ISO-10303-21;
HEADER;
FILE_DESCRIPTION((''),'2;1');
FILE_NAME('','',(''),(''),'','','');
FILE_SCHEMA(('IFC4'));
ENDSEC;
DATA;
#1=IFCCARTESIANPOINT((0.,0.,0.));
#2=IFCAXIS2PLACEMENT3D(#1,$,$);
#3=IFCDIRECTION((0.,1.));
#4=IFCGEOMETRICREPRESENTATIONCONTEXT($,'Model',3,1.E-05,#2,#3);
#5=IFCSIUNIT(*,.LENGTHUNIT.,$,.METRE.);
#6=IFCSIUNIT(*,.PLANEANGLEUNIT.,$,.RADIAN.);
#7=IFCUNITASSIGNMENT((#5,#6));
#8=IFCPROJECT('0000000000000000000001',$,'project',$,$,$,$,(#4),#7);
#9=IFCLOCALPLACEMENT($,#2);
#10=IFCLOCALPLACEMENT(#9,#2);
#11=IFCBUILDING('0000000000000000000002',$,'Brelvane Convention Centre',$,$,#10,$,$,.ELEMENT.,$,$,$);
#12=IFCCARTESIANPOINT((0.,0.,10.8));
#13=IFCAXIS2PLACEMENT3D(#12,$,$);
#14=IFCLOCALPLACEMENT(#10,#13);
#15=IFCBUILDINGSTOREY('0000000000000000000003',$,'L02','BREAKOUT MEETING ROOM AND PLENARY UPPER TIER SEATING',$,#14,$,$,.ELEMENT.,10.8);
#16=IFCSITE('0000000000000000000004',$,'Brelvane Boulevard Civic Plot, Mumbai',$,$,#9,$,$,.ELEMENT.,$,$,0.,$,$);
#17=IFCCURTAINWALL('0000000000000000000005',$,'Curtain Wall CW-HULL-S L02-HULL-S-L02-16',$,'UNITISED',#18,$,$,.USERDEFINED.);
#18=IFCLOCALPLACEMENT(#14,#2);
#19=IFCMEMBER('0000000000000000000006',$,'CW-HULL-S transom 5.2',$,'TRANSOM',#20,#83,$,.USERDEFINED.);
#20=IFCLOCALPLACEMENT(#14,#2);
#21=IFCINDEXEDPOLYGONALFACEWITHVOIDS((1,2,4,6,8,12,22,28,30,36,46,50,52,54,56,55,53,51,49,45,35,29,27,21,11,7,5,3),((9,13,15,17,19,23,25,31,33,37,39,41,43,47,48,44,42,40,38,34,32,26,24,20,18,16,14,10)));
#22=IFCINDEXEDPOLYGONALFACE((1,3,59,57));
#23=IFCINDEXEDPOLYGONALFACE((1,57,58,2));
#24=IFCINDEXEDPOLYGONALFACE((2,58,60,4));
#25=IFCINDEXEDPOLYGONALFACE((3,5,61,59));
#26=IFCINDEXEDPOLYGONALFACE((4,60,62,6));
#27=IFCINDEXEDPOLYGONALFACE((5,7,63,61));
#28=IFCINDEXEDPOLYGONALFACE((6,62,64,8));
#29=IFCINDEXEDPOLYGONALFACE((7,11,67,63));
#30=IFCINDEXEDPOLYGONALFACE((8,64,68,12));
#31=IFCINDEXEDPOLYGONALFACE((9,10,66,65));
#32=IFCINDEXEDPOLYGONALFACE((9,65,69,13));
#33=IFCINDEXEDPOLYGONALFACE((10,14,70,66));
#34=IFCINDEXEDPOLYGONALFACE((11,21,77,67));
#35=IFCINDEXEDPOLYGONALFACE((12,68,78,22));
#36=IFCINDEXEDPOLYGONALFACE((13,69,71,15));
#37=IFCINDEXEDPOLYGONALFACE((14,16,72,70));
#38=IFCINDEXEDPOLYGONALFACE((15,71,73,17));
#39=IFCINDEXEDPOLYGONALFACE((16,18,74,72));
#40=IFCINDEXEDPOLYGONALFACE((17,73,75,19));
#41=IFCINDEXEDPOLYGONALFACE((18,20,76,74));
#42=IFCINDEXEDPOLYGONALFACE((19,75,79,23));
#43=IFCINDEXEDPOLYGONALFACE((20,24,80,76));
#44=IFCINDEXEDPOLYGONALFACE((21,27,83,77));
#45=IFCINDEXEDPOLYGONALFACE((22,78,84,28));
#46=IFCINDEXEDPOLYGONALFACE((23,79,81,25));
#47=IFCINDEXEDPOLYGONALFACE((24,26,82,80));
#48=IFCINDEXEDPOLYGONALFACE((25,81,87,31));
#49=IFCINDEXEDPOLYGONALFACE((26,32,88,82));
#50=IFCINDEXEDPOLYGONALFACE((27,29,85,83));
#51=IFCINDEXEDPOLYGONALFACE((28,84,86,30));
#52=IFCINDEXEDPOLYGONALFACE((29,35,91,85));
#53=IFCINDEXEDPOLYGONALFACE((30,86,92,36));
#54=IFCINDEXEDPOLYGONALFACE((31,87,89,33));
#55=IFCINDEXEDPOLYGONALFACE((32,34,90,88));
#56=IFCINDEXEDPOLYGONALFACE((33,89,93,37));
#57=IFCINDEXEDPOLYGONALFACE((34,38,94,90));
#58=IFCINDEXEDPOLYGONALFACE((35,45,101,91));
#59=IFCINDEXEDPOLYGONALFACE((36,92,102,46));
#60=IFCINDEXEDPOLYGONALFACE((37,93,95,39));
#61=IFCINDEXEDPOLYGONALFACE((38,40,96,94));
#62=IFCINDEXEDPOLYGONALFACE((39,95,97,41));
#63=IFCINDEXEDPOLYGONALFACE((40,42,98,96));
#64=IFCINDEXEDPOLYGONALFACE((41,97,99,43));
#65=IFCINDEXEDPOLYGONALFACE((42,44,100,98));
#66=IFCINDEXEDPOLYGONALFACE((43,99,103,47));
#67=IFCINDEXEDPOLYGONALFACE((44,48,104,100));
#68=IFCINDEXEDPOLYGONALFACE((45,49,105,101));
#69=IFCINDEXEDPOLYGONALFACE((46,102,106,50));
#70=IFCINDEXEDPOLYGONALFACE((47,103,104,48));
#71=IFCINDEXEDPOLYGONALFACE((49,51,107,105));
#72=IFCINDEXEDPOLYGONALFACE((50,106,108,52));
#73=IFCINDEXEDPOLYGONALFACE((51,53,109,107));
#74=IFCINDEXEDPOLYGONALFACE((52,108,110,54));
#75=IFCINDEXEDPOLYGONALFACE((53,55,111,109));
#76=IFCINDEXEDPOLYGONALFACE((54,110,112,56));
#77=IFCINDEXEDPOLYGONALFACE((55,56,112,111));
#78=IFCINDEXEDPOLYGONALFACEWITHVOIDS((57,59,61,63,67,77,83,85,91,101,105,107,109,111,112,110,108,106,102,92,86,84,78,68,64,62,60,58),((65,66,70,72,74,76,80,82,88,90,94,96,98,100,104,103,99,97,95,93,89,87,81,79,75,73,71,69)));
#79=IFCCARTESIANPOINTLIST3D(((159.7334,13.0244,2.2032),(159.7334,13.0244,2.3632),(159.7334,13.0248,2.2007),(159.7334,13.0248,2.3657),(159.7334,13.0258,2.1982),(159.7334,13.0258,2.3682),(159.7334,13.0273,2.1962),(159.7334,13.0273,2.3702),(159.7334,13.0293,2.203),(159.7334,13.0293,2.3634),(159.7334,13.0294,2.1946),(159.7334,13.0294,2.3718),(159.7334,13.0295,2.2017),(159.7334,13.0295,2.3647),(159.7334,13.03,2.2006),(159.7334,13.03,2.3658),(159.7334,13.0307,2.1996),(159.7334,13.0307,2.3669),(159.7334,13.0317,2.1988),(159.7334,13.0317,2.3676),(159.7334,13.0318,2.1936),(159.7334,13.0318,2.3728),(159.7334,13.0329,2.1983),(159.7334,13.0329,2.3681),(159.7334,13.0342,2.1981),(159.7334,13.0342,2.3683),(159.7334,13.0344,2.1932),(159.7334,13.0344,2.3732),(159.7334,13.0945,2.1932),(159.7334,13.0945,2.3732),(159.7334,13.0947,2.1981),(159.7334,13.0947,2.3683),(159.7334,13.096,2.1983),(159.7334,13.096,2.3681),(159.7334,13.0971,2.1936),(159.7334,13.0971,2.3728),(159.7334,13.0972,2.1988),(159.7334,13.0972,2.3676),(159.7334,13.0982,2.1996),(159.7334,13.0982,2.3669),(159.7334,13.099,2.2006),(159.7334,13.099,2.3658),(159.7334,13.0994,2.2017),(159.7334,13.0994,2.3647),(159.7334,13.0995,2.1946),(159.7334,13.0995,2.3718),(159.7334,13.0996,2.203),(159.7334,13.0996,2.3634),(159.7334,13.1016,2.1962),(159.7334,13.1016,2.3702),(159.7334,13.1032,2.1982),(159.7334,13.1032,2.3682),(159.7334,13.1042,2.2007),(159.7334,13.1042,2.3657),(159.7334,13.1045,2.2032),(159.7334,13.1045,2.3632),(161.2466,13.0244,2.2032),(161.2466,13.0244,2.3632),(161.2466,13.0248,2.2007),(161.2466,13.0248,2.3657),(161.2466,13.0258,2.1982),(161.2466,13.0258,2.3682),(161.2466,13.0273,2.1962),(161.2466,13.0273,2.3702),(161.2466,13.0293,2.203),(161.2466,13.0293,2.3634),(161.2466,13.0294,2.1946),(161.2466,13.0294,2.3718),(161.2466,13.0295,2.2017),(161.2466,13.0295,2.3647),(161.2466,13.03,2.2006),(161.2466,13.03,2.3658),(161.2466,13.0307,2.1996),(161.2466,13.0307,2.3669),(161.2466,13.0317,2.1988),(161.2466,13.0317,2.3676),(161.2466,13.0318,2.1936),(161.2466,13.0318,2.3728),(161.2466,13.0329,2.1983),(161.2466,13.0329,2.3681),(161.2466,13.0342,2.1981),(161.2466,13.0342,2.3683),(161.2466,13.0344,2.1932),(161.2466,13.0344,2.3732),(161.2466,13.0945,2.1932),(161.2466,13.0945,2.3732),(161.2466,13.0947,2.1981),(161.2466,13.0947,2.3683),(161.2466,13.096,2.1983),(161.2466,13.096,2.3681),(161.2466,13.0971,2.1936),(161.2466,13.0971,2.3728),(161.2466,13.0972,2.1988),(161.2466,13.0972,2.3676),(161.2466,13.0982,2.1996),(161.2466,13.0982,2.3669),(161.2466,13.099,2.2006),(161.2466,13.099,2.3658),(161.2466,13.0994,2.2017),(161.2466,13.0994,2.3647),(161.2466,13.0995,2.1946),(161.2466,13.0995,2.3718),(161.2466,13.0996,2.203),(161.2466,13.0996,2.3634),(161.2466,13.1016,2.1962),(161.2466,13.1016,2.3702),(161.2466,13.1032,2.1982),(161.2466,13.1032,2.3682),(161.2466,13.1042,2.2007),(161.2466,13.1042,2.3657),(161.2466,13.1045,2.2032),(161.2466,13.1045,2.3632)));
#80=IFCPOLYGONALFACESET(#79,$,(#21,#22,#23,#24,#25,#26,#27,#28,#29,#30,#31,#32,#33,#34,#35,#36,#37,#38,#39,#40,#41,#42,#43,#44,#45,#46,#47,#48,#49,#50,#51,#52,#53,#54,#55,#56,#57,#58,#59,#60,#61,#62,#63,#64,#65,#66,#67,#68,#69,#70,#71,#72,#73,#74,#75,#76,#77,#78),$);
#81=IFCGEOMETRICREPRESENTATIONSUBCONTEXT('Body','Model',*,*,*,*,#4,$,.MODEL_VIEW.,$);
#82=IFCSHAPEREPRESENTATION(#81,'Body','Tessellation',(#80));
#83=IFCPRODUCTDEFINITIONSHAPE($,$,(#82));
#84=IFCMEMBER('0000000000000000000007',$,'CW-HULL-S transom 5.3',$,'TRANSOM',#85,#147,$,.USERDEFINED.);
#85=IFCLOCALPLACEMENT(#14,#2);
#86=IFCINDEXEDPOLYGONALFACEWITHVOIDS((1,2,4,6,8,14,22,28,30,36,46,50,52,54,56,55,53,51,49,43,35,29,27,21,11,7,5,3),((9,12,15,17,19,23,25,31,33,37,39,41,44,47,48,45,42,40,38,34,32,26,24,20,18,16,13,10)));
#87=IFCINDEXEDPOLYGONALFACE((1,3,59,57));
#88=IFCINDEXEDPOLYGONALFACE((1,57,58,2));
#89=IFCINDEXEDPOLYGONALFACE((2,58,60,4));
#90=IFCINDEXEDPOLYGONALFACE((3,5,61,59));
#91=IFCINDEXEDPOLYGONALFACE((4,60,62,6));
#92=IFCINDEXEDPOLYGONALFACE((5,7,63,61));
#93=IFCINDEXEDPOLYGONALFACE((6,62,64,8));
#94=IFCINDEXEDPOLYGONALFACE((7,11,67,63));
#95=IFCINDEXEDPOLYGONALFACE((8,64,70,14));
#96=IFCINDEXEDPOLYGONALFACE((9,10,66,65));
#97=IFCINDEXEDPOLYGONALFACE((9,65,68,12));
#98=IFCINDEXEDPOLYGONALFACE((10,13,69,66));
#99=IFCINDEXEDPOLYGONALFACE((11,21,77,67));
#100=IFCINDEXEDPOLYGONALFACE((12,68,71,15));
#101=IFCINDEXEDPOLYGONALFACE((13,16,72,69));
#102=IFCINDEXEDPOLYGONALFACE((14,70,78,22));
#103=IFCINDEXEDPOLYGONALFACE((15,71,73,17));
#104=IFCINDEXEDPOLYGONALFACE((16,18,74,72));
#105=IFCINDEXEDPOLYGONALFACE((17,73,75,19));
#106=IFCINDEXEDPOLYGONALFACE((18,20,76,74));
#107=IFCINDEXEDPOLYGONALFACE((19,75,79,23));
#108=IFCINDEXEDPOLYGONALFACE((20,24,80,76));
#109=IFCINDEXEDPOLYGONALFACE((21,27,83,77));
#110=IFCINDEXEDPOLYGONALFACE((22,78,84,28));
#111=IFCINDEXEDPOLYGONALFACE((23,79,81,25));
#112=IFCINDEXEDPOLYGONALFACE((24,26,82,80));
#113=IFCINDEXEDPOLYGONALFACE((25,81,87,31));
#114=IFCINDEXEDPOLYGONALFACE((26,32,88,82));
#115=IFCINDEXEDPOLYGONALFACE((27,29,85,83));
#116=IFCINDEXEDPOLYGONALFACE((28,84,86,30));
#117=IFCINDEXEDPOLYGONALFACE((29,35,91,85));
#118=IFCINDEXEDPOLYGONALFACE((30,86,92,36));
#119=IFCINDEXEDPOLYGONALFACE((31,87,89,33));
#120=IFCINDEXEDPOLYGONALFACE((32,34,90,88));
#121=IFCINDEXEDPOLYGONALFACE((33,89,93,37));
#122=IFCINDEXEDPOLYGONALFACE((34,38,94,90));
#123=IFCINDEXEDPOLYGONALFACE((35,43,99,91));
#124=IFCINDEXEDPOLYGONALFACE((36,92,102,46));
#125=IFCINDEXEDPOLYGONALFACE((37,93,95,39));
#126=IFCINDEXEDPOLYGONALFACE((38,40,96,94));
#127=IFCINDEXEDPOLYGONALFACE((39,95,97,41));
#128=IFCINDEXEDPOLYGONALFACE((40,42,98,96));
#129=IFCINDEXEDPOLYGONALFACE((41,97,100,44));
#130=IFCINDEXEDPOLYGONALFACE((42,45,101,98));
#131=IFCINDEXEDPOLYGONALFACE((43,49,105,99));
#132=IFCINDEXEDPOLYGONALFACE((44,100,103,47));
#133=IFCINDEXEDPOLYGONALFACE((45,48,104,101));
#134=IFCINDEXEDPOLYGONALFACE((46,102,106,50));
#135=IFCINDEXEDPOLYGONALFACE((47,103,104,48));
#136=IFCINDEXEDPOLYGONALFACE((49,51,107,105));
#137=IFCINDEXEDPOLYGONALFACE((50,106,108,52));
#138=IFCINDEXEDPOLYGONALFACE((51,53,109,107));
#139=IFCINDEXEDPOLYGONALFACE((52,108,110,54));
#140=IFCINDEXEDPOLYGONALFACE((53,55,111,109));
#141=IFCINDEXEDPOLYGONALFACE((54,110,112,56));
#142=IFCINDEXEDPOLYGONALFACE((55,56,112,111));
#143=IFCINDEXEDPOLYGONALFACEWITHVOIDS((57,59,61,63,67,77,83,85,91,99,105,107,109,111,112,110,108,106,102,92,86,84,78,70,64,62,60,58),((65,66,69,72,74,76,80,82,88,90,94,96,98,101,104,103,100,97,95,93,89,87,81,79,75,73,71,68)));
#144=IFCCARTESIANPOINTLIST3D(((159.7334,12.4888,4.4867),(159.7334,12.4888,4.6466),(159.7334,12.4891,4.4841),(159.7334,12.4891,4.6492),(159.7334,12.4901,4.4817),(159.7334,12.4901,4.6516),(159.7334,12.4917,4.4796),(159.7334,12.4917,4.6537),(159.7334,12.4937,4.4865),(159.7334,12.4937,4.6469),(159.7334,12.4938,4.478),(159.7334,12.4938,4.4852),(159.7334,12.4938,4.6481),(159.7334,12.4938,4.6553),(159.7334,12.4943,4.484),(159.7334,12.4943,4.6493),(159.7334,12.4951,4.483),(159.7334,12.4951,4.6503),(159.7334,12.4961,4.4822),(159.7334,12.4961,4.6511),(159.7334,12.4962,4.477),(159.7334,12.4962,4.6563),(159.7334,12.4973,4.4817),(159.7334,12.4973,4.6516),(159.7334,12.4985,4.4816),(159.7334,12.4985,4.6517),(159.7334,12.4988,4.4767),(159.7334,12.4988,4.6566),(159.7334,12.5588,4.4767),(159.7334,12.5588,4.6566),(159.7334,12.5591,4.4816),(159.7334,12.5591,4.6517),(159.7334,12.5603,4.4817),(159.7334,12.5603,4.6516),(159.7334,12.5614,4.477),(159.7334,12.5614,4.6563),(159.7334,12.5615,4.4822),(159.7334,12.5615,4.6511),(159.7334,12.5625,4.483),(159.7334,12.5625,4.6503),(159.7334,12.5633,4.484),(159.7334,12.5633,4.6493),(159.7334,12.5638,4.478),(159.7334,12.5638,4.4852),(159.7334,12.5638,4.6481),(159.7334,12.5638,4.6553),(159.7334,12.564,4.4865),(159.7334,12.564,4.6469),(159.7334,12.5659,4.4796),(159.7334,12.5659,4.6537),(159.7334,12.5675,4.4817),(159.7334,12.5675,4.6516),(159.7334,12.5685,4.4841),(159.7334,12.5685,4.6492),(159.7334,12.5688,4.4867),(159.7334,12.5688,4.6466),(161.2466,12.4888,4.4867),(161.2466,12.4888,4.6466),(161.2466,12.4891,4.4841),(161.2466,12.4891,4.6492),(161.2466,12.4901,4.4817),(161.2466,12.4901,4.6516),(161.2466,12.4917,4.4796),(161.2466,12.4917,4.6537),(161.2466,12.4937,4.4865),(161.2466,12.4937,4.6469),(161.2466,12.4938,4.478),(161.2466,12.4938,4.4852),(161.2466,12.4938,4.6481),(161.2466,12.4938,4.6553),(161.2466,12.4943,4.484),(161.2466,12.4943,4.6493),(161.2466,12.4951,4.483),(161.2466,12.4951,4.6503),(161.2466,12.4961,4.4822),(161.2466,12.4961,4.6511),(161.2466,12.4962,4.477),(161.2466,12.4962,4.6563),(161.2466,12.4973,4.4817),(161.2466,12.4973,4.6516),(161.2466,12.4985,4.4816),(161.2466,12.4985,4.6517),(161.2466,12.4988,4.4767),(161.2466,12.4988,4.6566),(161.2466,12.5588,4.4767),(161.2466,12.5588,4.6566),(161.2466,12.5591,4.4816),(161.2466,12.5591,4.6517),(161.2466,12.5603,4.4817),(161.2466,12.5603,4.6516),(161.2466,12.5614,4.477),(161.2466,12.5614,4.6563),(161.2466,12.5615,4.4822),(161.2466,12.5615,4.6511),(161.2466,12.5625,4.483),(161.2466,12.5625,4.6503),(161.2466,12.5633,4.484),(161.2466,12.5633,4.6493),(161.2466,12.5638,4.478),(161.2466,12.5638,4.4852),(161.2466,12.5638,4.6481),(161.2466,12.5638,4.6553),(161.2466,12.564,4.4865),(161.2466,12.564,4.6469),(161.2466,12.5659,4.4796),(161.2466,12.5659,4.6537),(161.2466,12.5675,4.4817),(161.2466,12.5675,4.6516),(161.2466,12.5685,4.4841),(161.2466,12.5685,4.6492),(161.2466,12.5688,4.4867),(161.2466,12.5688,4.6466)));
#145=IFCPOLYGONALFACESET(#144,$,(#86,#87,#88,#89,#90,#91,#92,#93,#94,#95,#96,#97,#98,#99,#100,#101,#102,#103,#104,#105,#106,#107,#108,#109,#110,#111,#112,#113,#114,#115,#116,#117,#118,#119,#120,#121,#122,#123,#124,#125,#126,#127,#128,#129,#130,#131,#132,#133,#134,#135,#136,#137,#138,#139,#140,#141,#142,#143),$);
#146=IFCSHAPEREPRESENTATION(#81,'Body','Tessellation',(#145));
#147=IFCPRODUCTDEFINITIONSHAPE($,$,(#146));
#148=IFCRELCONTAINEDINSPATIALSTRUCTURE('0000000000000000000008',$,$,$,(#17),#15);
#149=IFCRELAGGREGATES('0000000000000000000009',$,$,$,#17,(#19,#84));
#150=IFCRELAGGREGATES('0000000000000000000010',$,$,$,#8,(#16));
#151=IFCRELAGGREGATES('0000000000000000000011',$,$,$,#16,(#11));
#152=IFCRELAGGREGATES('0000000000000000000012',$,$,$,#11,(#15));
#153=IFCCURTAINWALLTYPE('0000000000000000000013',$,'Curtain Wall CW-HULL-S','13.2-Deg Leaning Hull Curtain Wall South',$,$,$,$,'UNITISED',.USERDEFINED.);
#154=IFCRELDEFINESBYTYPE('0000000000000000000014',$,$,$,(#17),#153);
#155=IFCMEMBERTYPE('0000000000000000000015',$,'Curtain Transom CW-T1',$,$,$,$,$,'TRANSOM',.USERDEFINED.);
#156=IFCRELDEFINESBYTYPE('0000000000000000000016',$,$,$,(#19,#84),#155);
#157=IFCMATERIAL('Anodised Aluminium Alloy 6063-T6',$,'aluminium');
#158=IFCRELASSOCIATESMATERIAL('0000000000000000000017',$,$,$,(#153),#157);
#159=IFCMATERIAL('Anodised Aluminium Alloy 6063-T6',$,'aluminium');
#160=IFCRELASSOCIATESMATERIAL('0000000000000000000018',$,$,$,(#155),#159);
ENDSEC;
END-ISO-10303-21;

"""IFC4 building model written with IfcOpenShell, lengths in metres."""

from ifc_helpers import new_model, si_unit, direction, frame, origin, origin_2d, place, context, subcontext, project, spatial, hollow_rectangle, extrude, material, material_profile, profile_set, type_object, element, aggregate, save


model = new_model("IFC4")

# Units and contexts
model_context = context("Model", 3, precision=1e-05, world=origin(), true_north=direction((0.0, 1.0)))
body_context = subcontext(model_context, "Body", "Model", "MODEL_VIEW")
ifc_project = project(units=[si_unit("LENGTHUNIT", "METRE"), si_unit("PLANEANGLEUNIT", "RADIAN")], contexts=[model_context])

# Site, building, storey
site_placement = place(None, origin())
site = spatial("IfcSite", under=ifc_project, at=site_placement, Name="Brelvane Boulevard Civic Plot, Mumbai", CompositionType="ELEMENT", RefElevation=0.0)
building_placement = place(site_placement, origin())
building = spatial("IfcBuilding", under=site, at=building_placement, Name="Brelvane Convention Centre", CompositionType="ELEMENT")
storey_placement = place(building_placement, frame((0.0, 0.0, 10.8)))
storey = spatial("IfcBuildingStorey", under=building, at=storey_placement, Name="L02", Description="BREAKOUT MEETING ROOM AND PLENARY UPPER TIER SEATING", CompositionType="ELEMENT", Elevation=10.8)

# Curtain wall, members
ifc_material_1 = material(Name="Anodised Aluminium Alloy 6063-T6", Category="aluminium")
curtain_wall_type = type_object("IfcCurtainWallType", Name="Curtain Wall CW-HULL-S", Description="13.2-Deg Leaning Hull Curtain Wall South", ElementType="UNITISED", PredefinedType="USERDEFINED", material=ifc_material_1)
curtain_wall_placement = place(storey_placement, origin())
curtain_wall = element("IfcCurtainWall", 1, at=curtain_wall_placement, inside=storey, type_object=curtain_wall_type, Name="Curtain Wall CW-HULL-S L02-HULL-S-L02-16", ObjectType="UNITISED", PredefinedType="USERDEFINED")
ifc_material_2 = material(Name="Anodised Aluminium Alloy 6063-T6", Category="aluminium")
ifc_material_profile_1 = material_profile(ifc_material_2, hollow_rectangle(XDim=0.0801, YDim=0.1799, WallThickness=0.0049, InnerFilletRadius=0.0049, OuterFilletRadius=0.01, at=origin_2d()), Name="ALU-T 180x80x5.0")
ifc_profile_set_1 = profile_set([ifc_material_profile_1], Name="Anodised Aluminium Alloy 6063-T6")
member_type_1 = type_object("IfcMemberType", Name="Curtain Transom CW-T1", ElementType="TRANSOM", PredefinedType="USERDEFINED", material=ifc_profile_set_1)
member_1_placement = place(storey_placement, frame((159.7334, 13.0645, 2.2832), z_axis=(1.0, 0.0, 0.0), x_axis=(0.0, 1.0, 0.0)))
member_1 = element("IfcMember", 2, at=member_1_placement, type_object=member_type_1, Name="CW-HULL-S transom 5.2", ObjectType="TRANSOM", PredefinedType="USERDEFINED", context=body_context, shape_type="SweptSolid", body=[
    extrude(hollow_rectangle(XDim=0.0801, YDim=0.1799, WallThickness=0.0049, InnerFilletRadius=0.0049, OuterFilletRadius=0.01, at=origin_2d()), origin(), (0.0, 0.0, 1.0), 1.5132),
])
member_2_placement = place(storey_placement, frame((159.7334, 12.5288, 4.5667), z_axis=(1.0, 0.0, 0.0), x_axis=(0.0, 1.0, 0.0)))
member_2 = element("IfcMember", 3, at=member_2_placement, type_object=member_type_1, Name="CW-HULL-S transom 5.3", ObjectType="TRANSOM", PredefinedType="USERDEFINED", context=body_context, shape_type="SweptSolid", body=[
    extrude(hollow_rectangle(XDim=0.0801, YDim=0.1799, WallThickness=0.0049, InnerFilletRadius=0.0049, OuterFilletRadius=0.01, at=origin_2d()), origin(), (0.0, 0.0, 1.0), 1.5132),
])

aggregate(curtain_wall, [member_1, member_2])

save(model, "model.ifc")
